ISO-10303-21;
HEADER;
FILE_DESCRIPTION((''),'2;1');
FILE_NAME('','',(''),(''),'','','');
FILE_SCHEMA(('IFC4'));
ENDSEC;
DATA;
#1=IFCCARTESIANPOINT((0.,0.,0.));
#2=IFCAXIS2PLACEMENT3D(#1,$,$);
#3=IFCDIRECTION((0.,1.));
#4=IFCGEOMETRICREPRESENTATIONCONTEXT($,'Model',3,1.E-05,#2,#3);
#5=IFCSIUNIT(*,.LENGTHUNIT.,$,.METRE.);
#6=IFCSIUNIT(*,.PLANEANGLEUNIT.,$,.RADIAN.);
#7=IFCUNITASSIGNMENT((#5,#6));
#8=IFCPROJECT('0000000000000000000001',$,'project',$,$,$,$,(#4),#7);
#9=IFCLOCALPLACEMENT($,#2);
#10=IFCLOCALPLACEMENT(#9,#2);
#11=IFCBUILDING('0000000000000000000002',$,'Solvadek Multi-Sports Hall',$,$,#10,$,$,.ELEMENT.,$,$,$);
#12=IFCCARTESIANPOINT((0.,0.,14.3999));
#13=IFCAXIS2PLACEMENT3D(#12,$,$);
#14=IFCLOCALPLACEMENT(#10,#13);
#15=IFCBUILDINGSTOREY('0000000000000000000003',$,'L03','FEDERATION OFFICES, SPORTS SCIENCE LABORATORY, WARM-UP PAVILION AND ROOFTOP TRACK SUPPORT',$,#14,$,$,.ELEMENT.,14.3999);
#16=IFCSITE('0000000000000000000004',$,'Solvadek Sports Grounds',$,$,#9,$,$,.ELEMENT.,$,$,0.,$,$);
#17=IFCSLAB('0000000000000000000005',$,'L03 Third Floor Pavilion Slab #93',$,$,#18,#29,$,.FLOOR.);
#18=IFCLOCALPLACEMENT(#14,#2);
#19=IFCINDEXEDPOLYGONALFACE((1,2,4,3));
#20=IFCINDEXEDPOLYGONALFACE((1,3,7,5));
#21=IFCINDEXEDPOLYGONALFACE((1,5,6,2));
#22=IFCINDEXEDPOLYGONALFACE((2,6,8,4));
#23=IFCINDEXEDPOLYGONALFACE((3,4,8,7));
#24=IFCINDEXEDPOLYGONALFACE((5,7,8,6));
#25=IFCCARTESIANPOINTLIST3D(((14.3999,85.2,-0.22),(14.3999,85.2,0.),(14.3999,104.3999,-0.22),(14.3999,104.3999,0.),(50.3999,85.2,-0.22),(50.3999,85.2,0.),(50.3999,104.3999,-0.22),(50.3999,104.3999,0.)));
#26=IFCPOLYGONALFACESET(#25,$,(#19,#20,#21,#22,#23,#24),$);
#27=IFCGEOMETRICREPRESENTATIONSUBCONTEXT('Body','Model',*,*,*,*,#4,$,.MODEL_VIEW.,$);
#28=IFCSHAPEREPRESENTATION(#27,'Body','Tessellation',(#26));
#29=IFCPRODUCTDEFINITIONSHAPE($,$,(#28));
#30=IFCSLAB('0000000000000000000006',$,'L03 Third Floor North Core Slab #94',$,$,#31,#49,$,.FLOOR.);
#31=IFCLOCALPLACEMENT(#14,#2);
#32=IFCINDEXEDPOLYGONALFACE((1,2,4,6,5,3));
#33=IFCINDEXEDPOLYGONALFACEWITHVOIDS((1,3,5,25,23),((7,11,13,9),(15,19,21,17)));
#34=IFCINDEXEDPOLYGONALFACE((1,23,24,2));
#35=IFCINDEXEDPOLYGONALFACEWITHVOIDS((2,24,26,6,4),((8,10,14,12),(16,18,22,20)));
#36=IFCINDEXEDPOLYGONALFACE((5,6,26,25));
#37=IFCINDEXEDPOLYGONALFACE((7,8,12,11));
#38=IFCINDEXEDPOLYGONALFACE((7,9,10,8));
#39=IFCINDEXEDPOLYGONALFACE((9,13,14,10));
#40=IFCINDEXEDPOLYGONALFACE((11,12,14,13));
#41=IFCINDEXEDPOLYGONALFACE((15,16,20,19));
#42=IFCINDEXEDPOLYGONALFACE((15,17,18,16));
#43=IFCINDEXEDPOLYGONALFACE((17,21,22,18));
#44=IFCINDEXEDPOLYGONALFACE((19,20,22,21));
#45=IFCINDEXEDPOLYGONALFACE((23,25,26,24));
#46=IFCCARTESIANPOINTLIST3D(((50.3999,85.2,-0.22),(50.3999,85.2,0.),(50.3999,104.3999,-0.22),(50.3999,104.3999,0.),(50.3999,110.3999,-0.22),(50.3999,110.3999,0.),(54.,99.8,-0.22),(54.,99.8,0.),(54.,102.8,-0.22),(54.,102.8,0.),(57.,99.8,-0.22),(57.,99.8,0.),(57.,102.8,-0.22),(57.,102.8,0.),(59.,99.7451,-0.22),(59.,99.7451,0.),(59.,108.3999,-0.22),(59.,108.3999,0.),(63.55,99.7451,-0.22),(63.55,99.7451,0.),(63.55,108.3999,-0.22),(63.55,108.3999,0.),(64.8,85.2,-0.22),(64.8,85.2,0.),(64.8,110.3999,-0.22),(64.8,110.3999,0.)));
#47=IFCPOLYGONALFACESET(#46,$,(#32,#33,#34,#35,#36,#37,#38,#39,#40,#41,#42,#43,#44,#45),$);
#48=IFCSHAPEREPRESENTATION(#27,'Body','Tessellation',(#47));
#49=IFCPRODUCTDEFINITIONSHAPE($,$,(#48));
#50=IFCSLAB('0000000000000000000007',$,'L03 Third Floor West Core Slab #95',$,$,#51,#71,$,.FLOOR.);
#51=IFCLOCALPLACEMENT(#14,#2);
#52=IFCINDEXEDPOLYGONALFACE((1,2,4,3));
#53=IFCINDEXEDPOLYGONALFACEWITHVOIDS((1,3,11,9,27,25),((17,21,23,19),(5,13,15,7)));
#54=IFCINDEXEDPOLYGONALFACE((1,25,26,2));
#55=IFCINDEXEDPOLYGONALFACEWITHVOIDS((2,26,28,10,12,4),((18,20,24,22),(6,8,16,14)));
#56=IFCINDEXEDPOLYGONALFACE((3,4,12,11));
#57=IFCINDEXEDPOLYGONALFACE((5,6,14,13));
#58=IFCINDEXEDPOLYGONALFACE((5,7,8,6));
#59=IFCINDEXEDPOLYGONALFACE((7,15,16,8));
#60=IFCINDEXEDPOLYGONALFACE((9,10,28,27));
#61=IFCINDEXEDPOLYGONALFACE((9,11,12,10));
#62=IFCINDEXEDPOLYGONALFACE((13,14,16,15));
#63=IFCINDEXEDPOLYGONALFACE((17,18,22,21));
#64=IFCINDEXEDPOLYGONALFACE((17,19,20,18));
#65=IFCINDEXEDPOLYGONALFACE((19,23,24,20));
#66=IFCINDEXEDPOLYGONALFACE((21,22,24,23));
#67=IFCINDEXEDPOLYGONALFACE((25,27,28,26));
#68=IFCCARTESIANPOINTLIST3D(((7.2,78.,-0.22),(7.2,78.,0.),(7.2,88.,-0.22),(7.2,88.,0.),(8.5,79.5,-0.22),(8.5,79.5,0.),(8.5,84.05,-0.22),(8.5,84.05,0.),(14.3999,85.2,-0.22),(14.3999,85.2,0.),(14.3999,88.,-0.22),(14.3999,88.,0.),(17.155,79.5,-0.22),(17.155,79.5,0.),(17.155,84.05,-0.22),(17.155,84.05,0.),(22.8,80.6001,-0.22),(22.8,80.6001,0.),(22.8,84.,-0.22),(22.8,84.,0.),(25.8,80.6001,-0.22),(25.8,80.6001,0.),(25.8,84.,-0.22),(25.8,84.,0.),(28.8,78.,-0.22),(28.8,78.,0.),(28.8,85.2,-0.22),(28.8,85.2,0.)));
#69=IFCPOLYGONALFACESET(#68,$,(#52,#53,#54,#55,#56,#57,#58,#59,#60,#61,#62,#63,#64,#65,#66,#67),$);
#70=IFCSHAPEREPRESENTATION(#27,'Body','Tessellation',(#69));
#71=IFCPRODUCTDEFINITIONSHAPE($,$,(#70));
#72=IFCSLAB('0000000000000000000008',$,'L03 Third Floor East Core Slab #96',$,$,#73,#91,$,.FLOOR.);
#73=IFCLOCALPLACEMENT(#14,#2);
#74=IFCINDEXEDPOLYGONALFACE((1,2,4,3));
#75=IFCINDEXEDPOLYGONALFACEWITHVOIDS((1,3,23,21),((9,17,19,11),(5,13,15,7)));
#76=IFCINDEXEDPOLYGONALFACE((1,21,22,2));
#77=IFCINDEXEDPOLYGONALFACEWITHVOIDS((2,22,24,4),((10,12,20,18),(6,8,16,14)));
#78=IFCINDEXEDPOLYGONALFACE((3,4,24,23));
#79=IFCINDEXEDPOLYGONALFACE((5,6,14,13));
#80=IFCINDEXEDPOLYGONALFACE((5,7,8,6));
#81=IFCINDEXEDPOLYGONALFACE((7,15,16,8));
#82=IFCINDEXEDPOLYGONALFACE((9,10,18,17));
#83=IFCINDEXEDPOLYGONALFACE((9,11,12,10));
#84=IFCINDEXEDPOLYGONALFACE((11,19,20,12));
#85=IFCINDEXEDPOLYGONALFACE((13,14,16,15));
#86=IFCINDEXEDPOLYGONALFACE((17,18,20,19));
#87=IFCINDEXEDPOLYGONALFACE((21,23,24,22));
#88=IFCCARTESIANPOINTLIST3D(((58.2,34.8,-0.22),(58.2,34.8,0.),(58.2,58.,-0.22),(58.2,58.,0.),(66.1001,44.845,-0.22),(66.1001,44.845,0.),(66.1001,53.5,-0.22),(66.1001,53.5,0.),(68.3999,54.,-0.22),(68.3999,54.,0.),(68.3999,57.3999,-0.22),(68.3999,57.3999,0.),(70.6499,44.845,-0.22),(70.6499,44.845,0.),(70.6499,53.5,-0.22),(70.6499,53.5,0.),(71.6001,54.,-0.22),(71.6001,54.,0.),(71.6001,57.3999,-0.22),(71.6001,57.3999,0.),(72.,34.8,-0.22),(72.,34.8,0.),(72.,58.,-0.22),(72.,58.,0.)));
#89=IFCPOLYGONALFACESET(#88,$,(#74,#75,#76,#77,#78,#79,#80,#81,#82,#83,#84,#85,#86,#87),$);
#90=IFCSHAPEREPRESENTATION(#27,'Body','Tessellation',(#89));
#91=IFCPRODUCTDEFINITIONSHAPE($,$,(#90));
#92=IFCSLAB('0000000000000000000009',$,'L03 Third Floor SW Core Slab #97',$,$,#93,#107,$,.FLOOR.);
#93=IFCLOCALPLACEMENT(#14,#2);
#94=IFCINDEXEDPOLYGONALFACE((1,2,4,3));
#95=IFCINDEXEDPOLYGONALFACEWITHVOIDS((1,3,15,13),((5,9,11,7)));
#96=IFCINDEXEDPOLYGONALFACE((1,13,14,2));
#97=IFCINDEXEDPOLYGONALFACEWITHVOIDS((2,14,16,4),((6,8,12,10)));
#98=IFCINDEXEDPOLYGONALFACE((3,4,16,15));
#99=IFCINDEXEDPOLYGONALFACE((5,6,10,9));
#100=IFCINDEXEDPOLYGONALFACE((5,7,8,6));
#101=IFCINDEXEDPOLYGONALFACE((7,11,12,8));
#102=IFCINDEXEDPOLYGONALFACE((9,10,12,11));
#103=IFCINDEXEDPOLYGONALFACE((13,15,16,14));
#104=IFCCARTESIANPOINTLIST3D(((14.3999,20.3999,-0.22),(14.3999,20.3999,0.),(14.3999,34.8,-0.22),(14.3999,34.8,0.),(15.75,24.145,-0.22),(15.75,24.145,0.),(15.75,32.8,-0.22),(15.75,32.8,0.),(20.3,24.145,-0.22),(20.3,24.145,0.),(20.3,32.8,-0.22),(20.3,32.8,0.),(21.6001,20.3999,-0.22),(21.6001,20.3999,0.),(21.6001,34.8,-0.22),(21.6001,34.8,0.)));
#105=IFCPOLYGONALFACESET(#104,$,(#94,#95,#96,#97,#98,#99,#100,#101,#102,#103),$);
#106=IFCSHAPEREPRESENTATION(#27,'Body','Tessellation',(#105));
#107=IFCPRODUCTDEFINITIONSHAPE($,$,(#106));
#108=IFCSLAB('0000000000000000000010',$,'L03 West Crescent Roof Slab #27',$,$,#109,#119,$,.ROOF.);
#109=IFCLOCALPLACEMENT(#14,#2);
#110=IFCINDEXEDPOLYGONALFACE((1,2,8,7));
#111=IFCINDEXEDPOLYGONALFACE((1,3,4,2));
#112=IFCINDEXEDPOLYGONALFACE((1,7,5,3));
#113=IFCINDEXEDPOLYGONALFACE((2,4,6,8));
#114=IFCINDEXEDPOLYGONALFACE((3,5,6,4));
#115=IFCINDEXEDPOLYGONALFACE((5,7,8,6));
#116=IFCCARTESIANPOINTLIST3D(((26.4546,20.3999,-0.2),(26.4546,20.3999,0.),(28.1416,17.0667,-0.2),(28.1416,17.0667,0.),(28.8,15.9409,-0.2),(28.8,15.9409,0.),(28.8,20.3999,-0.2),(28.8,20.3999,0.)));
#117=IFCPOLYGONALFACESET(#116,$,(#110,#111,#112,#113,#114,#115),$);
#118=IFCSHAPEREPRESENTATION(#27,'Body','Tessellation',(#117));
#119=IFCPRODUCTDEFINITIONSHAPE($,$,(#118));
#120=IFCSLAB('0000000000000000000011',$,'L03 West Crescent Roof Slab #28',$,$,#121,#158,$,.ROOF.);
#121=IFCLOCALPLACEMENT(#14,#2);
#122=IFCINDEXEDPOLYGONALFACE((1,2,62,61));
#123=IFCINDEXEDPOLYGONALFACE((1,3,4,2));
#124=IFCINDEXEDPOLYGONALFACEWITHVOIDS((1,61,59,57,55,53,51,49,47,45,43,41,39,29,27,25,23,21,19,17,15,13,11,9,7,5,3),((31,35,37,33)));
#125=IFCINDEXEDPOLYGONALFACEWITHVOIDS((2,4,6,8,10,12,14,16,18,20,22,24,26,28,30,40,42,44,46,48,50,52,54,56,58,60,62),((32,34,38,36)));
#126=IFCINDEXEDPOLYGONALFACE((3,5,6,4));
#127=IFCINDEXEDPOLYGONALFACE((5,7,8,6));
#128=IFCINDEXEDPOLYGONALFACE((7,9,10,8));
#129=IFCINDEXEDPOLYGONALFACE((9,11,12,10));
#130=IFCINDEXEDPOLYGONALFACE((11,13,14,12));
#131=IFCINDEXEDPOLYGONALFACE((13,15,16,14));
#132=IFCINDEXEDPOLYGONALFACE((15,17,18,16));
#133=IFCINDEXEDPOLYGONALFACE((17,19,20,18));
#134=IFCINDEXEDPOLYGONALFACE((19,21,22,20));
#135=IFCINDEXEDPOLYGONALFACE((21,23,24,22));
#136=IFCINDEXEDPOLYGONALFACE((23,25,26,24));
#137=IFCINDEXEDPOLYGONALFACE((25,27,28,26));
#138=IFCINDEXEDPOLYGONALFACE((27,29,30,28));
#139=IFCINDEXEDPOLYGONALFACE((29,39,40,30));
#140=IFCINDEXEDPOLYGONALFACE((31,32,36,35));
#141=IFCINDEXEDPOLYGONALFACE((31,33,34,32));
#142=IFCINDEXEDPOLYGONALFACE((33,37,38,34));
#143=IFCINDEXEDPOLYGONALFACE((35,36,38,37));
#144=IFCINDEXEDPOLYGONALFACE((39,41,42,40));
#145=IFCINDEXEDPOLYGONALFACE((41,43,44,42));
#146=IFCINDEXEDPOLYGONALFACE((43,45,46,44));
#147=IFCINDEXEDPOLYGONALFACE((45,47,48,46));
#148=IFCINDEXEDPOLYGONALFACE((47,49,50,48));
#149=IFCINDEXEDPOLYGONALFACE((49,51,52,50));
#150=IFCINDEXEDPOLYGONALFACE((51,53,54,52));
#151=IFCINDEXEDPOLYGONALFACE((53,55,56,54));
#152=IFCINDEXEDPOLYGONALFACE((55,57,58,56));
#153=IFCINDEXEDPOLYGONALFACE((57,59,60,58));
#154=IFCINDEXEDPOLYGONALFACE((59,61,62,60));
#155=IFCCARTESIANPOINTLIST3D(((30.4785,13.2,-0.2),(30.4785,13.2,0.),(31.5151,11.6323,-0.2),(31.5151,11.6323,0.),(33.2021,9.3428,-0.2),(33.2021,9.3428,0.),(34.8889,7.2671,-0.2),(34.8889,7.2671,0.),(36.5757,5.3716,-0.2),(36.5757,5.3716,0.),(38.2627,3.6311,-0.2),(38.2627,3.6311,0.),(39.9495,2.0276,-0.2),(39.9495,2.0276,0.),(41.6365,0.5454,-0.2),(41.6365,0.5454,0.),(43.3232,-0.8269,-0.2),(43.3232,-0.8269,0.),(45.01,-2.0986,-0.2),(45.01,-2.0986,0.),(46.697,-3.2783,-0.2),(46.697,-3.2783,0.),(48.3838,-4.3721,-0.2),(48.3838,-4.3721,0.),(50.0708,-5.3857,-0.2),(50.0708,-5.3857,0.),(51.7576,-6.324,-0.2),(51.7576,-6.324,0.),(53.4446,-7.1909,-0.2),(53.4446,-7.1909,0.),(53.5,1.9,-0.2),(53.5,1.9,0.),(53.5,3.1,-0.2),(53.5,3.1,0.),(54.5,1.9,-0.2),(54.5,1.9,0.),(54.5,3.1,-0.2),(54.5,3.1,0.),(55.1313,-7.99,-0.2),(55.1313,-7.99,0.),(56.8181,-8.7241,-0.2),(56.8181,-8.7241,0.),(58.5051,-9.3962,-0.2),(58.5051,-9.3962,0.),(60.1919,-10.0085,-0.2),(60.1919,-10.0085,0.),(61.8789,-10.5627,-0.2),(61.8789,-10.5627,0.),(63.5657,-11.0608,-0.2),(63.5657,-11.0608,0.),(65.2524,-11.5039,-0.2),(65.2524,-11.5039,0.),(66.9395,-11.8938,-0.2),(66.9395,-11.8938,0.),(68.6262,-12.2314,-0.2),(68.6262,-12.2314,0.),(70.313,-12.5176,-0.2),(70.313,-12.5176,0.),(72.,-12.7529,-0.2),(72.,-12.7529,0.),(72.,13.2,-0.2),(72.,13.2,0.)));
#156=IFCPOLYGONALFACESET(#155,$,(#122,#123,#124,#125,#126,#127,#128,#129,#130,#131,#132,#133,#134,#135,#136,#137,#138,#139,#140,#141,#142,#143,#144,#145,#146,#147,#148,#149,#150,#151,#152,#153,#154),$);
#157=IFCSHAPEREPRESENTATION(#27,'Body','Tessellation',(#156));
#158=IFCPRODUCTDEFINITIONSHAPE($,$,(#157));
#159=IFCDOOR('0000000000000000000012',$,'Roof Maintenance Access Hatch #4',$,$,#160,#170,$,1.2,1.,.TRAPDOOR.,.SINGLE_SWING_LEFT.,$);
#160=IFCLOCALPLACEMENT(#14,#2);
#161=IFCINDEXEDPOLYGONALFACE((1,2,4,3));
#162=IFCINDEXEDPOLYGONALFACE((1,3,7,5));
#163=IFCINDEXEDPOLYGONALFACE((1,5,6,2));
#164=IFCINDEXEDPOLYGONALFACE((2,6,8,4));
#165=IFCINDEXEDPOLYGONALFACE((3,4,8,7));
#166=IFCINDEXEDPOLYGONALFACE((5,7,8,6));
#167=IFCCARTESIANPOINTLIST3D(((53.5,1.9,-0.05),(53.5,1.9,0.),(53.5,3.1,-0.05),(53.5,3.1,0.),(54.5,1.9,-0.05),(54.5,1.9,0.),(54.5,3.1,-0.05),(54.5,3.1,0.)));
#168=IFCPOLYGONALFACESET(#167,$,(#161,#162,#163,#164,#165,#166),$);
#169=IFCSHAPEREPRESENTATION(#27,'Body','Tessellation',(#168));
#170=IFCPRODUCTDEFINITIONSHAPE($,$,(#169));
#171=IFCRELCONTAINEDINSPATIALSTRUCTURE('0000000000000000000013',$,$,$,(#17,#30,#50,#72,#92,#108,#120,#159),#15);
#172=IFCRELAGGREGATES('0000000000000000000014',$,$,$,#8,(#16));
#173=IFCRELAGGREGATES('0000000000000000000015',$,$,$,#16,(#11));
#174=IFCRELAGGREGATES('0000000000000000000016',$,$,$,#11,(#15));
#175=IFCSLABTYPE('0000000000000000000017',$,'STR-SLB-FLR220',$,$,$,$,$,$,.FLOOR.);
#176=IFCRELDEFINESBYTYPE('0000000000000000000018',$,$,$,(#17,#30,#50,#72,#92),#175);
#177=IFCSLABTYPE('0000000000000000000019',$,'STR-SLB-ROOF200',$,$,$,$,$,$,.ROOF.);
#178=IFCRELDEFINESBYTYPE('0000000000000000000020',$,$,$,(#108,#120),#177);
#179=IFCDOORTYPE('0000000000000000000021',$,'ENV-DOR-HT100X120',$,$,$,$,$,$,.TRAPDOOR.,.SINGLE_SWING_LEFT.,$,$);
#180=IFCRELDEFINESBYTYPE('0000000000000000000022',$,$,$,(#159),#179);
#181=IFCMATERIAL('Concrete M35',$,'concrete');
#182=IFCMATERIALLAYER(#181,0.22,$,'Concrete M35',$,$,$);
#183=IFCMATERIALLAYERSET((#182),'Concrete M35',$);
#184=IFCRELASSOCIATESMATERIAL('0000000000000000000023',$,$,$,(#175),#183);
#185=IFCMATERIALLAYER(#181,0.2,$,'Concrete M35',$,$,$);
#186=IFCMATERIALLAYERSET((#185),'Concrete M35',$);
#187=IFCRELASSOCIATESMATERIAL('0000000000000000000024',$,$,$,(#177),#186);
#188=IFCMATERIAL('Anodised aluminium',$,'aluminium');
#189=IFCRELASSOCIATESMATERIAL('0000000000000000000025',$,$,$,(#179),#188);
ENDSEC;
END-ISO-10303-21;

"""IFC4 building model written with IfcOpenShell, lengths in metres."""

from ifc_helpers import new_model, si_unit, direction, frame, origin, origin_2d, place, context, subcontext, project, spatial, polyline, rectangle, outline, extrude, material, layer, layer_set, type_object, element, fill, save


model = new_model("IFC4")

# Units and contexts
model_context = context("Model", 3, precision=1e-05, world=origin(), true_north=direction((0.0, 1.0)))
body_context = subcontext(model_context, "Body", "Model", "MODEL_VIEW")
ifc_project = project(units=[si_unit("LENGTHUNIT", "METRE"), si_unit("PLANEANGLEUNIT", "RADIAN")], contexts=[model_context])

# Site, building, storey
site_placement = place(None, origin())
site = spatial("IfcSite", under=ifc_project, at=site_placement, Name="Solvadek Sports Grounds", CompositionType="ELEMENT", RefElevation=0.0)
building_placement = place(site_placement, origin())
building = spatial("IfcBuilding", under=site, at=building_placement, Name="Solvadek Multi-Sports Hall", CompositionType="ELEMENT")
storey_placement = place(building_placement, frame((0.0, 0.0, 14.3999)))
storey = spatial("IfcBuildingStorey", under=building, at=storey_placement, Name="L03", Description="FEDERATION OFFICES, SPORTS SCIENCE LABORATORY, WARM-UP PAVILION AND ROOFTOP TRACK SUPPORT", CompositionType="ELEMENT", Elevation=14.3999)

# Slabs
ifc_material_1 = material(Name="Concrete M35", Category="concrete")
ifc_layer_1 = layer(ifc_material_1, 0.22, Name="Concrete M35")
ifc_layer_set_1 = layer_set([ifc_layer_1], Name="Concrete M35")
slab_type_1 = type_object("IfcSlabType", Name="STR-SLB-FLR220", PredefinedType="FLOOR", material=ifc_layer_set_1)
slab_1_placement = place(storey_placement, frame((0.0, 0.0, -0.22)))
element("IfcSlab", 1, at=slab_1_placement, inside=storey, type_object=slab_type_1, Name="L03 Third Floor Pavilion Slab #93", PredefinedType="FLOOR", context=body_context, shape_type="SweptSolid", body=[
    extrude(outline(polyline([(14.3999, 104.3999), (50.3999, 104.3999), (50.3999, 85.2), (14.3999, 85.2), (14.3999, 104.3999)])), origin(), (0.0, 0.0, 1.0), 0.22),
])
slab_2_placement = place(storey_placement, frame((0.0, 0.0, -0.22)))
element("IfcSlab", 2, at=slab_2_placement, inside=storey, type_object=slab_type_1, Name="L03 Third Floor North Core Slab #94", PredefinedType="FLOOR", context=body_context, shape_type="SweptSolid", body=[
    extrude(outline(polyline([(50.3999, 104.3999), (50.3999, 110.3999), (64.8, 110.3999), (64.8, 85.2), (50.3999, 85.2), (50.3999, 104.3999)]), holes=[polyline([(63.55, 108.3999), (59.0, 108.3999), (59.0, 99.7451), (63.55, 99.7451), (63.55, 108.3999)]), polyline([(57.0, 99.8), (57.0, 102.8), (54.0, 102.8), (54.0, 99.8), (57.0, 99.8)])]), origin(), (0.0, 0.0, 1.0), 0.22),
])
slab_3_placement = place(storey_placement, frame((0.0, 0.0, -0.22)))
element("IfcSlab", 3, at=slab_3_placement, inside=storey, type_object=slab_type_1, Name="L03 Third Floor West Core Slab #95", PredefinedType="FLOOR", context=body_context, shape_type="SweptSolid", body=[
    extrude(outline(polyline([(7.2, 88.0), (14.3999, 88.0), (14.3999, 85.2), (28.8, 85.2), (28.8, 78.0), (7.2, 78.0), (7.2, 88.0)]), holes=[polyline([(25.8, 80.6001), (25.8, 84.0), (22.8, 84.0), (22.8, 80.6001), (25.8, 80.6001)]), polyline([(8.5, 84.05), (8.5, 79.5), (17.155, 79.5), (17.155, 84.05), (8.5, 84.05)])]), origin(), (0.0, 0.0, 1.0), 0.22),
])
slab_4_placement = place(storey_placement, frame((0.0, 0.0, -0.22)))
element("IfcSlab", 4, at=slab_4_placement, inside=storey, type_object=slab_type_1, Name="L03 Third Floor East Core Slab #96", PredefinedType="FLOOR", context=body_context, shape_type="SweptSolid", body=[
    extrude(outline(polyline([(58.2, 58.0), (72.0, 58.0), (72.0, 34.8), (58.2, 34.8), (58.2, 58.0)]), holes=[polyline([(71.6001, 54.0), (71.6001, 57.3999), (68.3999, 57.3999), (68.3999, 54.0), (71.6001, 54.0)]), polyline([(70.6499, 53.5), (66.1001, 53.5), (66.1001, 44.845), (70.6499, 44.845), (70.6499, 53.5)])]), origin(), (0.0, 0.0, 1.0), 0.22),
])
slab_5_placement = place(storey_placement, frame((0.0, 0.0, -0.22)))
element("IfcSlab", 5, at=slab_5_placement, inside=storey, type_object=slab_type_1, Name="L03 Third Floor SW Core Slab #97", PredefinedType="FLOOR", context=body_context, shape_type="SweptSolid", body=[
    extrude(outline(polyline([(14.3999, 34.8), (21.6001, 34.8), (21.6001, 20.3999), (14.3999, 20.3999), (14.3999, 34.8)]), holes=[polyline([(20.3, 32.8), (15.75, 32.8), (15.75, 24.145), (20.3, 24.145), (20.3, 32.8)])]), origin(), (0.0, 0.0, 1.0), 0.22),
])
ifc_layer_2 = layer(ifc_material_1, 0.2, Name="Concrete M35")
ifc_layer_set_2 = layer_set([ifc_layer_2], Name="Concrete M35")
slab_type_2 = type_object("IfcSlabType", Name="STR-SLB-ROOF200", PredefinedType="ROOF", material=ifc_layer_set_2)
slab_6_placement = place(storey_placement, frame((0.0, 0.0, -0.2)))
element("IfcSlab", 6, at=slab_6_placement, inside=storey, type_object=slab_type_2, Name="L03 West Crescent Roof Slab #27", PredefinedType="ROOF", context=body_context, shape_type="SweptSolid", body=[
    extrude(outline(polyline([(26.4546, 20.3999), (28.8, 20.3999), (28.8, 15.9409), (28.1416, 17.0667), (26.4546, 20.3999), (26.4546, 20.3999)])), origin(), (0.0, 0.0, 1.0), 0.2),
])

# Slab, opening, door
slab_7_placement = place(storey_placement, frame((0.0, 0.0, -0.2)))
slab_7 = element("IfcSlab", 7, at=slab_7_placement, inside=storey, type_object=slab_type_2, Name="L03 West Crescent Roof Slab #28", PredefinedType="ROOF", context=body_context, shape_type="SweptSolid", body=[
    extrude(outline(polyline([(30.4785, 13.2), (72.0, 13.2), (72.0, -12.7529), (70.313, -12.5176), (68.6262, -12.2314), (66.9395, -11.8938), (65.2524, -11.5039), (63.5657, -11.0608), (61.8789, -10.5627), (60.1919, -10.0085), (58.5051, -9.3962), (56.8181, -8.7241), (55.1313, -7.99), (53.4446, -7.1909), (51.7576, -6.324), (50.0708, -5.3857), (48.3838, -4.3721), (46.697, -3.2783), (45.01, -2.0986), (43.3232, -0.8269), (41.6365, 0.5454), (39.9495, 2.0276), (38.2627, 3.6311), (36.5757, 5.3716), (34.8889, 7.2671), (33.2021, 9.3428), (31.5151, 11.6323), (30.4785, 13.2)])), origin(), (0.0, 0.0, 1.0), 0.2),
])
opening_1_placement = place(slab_7_placement, frame((54.0, 2.5, 0.0)))
opening_1 = element("IfcOpeningElement", 8, at=opening_1_placement, cuts=slab_7, PredefinedType="OPENING", context=body_context, shape_type="SweptSolid", body=[
    extrude(rectangle(XDim=1.0, YDim=1.2, at=origin_2d()), frame((0.0, 0.0, -0.02)), (0.0, 0.0, 1.0), 0.24),
])
ifc_material_2 = material(Name="Anodised aluminium", Category="aluminium")
door_type_1 = type_object("IfcDoorType", Name="ENV-DOR-HT100X120", OperationType="SINGLE_SWING_LEFT", PredefinedType="TRAPDOOR", material=ifc_material_2)
door_1_placement = place(opening_1_placement, frame((0.0, 0.0, 0.1499)))
door_1 = element("IfcDoor", 9, at=door_1_placement, inside=storey, type_object=door_type_1, Name="Roof Maintenance Access Hatch #4", OperationType="SINGLE_SWING_LEFT", OverallHeight=1.2, OverallWidth=1.0, PredefinedType="TRAPDOOR", context=body_context, shape_type="SweptSolid", body=[
    extrude(rectangle(XDim=1.0, YDim=1.2, at=origin_2d()), origin(), (0.0, 0.0, 1.0), 0.05),
])
fill(opening_1, door_1)

save(model, "model.ifc")
